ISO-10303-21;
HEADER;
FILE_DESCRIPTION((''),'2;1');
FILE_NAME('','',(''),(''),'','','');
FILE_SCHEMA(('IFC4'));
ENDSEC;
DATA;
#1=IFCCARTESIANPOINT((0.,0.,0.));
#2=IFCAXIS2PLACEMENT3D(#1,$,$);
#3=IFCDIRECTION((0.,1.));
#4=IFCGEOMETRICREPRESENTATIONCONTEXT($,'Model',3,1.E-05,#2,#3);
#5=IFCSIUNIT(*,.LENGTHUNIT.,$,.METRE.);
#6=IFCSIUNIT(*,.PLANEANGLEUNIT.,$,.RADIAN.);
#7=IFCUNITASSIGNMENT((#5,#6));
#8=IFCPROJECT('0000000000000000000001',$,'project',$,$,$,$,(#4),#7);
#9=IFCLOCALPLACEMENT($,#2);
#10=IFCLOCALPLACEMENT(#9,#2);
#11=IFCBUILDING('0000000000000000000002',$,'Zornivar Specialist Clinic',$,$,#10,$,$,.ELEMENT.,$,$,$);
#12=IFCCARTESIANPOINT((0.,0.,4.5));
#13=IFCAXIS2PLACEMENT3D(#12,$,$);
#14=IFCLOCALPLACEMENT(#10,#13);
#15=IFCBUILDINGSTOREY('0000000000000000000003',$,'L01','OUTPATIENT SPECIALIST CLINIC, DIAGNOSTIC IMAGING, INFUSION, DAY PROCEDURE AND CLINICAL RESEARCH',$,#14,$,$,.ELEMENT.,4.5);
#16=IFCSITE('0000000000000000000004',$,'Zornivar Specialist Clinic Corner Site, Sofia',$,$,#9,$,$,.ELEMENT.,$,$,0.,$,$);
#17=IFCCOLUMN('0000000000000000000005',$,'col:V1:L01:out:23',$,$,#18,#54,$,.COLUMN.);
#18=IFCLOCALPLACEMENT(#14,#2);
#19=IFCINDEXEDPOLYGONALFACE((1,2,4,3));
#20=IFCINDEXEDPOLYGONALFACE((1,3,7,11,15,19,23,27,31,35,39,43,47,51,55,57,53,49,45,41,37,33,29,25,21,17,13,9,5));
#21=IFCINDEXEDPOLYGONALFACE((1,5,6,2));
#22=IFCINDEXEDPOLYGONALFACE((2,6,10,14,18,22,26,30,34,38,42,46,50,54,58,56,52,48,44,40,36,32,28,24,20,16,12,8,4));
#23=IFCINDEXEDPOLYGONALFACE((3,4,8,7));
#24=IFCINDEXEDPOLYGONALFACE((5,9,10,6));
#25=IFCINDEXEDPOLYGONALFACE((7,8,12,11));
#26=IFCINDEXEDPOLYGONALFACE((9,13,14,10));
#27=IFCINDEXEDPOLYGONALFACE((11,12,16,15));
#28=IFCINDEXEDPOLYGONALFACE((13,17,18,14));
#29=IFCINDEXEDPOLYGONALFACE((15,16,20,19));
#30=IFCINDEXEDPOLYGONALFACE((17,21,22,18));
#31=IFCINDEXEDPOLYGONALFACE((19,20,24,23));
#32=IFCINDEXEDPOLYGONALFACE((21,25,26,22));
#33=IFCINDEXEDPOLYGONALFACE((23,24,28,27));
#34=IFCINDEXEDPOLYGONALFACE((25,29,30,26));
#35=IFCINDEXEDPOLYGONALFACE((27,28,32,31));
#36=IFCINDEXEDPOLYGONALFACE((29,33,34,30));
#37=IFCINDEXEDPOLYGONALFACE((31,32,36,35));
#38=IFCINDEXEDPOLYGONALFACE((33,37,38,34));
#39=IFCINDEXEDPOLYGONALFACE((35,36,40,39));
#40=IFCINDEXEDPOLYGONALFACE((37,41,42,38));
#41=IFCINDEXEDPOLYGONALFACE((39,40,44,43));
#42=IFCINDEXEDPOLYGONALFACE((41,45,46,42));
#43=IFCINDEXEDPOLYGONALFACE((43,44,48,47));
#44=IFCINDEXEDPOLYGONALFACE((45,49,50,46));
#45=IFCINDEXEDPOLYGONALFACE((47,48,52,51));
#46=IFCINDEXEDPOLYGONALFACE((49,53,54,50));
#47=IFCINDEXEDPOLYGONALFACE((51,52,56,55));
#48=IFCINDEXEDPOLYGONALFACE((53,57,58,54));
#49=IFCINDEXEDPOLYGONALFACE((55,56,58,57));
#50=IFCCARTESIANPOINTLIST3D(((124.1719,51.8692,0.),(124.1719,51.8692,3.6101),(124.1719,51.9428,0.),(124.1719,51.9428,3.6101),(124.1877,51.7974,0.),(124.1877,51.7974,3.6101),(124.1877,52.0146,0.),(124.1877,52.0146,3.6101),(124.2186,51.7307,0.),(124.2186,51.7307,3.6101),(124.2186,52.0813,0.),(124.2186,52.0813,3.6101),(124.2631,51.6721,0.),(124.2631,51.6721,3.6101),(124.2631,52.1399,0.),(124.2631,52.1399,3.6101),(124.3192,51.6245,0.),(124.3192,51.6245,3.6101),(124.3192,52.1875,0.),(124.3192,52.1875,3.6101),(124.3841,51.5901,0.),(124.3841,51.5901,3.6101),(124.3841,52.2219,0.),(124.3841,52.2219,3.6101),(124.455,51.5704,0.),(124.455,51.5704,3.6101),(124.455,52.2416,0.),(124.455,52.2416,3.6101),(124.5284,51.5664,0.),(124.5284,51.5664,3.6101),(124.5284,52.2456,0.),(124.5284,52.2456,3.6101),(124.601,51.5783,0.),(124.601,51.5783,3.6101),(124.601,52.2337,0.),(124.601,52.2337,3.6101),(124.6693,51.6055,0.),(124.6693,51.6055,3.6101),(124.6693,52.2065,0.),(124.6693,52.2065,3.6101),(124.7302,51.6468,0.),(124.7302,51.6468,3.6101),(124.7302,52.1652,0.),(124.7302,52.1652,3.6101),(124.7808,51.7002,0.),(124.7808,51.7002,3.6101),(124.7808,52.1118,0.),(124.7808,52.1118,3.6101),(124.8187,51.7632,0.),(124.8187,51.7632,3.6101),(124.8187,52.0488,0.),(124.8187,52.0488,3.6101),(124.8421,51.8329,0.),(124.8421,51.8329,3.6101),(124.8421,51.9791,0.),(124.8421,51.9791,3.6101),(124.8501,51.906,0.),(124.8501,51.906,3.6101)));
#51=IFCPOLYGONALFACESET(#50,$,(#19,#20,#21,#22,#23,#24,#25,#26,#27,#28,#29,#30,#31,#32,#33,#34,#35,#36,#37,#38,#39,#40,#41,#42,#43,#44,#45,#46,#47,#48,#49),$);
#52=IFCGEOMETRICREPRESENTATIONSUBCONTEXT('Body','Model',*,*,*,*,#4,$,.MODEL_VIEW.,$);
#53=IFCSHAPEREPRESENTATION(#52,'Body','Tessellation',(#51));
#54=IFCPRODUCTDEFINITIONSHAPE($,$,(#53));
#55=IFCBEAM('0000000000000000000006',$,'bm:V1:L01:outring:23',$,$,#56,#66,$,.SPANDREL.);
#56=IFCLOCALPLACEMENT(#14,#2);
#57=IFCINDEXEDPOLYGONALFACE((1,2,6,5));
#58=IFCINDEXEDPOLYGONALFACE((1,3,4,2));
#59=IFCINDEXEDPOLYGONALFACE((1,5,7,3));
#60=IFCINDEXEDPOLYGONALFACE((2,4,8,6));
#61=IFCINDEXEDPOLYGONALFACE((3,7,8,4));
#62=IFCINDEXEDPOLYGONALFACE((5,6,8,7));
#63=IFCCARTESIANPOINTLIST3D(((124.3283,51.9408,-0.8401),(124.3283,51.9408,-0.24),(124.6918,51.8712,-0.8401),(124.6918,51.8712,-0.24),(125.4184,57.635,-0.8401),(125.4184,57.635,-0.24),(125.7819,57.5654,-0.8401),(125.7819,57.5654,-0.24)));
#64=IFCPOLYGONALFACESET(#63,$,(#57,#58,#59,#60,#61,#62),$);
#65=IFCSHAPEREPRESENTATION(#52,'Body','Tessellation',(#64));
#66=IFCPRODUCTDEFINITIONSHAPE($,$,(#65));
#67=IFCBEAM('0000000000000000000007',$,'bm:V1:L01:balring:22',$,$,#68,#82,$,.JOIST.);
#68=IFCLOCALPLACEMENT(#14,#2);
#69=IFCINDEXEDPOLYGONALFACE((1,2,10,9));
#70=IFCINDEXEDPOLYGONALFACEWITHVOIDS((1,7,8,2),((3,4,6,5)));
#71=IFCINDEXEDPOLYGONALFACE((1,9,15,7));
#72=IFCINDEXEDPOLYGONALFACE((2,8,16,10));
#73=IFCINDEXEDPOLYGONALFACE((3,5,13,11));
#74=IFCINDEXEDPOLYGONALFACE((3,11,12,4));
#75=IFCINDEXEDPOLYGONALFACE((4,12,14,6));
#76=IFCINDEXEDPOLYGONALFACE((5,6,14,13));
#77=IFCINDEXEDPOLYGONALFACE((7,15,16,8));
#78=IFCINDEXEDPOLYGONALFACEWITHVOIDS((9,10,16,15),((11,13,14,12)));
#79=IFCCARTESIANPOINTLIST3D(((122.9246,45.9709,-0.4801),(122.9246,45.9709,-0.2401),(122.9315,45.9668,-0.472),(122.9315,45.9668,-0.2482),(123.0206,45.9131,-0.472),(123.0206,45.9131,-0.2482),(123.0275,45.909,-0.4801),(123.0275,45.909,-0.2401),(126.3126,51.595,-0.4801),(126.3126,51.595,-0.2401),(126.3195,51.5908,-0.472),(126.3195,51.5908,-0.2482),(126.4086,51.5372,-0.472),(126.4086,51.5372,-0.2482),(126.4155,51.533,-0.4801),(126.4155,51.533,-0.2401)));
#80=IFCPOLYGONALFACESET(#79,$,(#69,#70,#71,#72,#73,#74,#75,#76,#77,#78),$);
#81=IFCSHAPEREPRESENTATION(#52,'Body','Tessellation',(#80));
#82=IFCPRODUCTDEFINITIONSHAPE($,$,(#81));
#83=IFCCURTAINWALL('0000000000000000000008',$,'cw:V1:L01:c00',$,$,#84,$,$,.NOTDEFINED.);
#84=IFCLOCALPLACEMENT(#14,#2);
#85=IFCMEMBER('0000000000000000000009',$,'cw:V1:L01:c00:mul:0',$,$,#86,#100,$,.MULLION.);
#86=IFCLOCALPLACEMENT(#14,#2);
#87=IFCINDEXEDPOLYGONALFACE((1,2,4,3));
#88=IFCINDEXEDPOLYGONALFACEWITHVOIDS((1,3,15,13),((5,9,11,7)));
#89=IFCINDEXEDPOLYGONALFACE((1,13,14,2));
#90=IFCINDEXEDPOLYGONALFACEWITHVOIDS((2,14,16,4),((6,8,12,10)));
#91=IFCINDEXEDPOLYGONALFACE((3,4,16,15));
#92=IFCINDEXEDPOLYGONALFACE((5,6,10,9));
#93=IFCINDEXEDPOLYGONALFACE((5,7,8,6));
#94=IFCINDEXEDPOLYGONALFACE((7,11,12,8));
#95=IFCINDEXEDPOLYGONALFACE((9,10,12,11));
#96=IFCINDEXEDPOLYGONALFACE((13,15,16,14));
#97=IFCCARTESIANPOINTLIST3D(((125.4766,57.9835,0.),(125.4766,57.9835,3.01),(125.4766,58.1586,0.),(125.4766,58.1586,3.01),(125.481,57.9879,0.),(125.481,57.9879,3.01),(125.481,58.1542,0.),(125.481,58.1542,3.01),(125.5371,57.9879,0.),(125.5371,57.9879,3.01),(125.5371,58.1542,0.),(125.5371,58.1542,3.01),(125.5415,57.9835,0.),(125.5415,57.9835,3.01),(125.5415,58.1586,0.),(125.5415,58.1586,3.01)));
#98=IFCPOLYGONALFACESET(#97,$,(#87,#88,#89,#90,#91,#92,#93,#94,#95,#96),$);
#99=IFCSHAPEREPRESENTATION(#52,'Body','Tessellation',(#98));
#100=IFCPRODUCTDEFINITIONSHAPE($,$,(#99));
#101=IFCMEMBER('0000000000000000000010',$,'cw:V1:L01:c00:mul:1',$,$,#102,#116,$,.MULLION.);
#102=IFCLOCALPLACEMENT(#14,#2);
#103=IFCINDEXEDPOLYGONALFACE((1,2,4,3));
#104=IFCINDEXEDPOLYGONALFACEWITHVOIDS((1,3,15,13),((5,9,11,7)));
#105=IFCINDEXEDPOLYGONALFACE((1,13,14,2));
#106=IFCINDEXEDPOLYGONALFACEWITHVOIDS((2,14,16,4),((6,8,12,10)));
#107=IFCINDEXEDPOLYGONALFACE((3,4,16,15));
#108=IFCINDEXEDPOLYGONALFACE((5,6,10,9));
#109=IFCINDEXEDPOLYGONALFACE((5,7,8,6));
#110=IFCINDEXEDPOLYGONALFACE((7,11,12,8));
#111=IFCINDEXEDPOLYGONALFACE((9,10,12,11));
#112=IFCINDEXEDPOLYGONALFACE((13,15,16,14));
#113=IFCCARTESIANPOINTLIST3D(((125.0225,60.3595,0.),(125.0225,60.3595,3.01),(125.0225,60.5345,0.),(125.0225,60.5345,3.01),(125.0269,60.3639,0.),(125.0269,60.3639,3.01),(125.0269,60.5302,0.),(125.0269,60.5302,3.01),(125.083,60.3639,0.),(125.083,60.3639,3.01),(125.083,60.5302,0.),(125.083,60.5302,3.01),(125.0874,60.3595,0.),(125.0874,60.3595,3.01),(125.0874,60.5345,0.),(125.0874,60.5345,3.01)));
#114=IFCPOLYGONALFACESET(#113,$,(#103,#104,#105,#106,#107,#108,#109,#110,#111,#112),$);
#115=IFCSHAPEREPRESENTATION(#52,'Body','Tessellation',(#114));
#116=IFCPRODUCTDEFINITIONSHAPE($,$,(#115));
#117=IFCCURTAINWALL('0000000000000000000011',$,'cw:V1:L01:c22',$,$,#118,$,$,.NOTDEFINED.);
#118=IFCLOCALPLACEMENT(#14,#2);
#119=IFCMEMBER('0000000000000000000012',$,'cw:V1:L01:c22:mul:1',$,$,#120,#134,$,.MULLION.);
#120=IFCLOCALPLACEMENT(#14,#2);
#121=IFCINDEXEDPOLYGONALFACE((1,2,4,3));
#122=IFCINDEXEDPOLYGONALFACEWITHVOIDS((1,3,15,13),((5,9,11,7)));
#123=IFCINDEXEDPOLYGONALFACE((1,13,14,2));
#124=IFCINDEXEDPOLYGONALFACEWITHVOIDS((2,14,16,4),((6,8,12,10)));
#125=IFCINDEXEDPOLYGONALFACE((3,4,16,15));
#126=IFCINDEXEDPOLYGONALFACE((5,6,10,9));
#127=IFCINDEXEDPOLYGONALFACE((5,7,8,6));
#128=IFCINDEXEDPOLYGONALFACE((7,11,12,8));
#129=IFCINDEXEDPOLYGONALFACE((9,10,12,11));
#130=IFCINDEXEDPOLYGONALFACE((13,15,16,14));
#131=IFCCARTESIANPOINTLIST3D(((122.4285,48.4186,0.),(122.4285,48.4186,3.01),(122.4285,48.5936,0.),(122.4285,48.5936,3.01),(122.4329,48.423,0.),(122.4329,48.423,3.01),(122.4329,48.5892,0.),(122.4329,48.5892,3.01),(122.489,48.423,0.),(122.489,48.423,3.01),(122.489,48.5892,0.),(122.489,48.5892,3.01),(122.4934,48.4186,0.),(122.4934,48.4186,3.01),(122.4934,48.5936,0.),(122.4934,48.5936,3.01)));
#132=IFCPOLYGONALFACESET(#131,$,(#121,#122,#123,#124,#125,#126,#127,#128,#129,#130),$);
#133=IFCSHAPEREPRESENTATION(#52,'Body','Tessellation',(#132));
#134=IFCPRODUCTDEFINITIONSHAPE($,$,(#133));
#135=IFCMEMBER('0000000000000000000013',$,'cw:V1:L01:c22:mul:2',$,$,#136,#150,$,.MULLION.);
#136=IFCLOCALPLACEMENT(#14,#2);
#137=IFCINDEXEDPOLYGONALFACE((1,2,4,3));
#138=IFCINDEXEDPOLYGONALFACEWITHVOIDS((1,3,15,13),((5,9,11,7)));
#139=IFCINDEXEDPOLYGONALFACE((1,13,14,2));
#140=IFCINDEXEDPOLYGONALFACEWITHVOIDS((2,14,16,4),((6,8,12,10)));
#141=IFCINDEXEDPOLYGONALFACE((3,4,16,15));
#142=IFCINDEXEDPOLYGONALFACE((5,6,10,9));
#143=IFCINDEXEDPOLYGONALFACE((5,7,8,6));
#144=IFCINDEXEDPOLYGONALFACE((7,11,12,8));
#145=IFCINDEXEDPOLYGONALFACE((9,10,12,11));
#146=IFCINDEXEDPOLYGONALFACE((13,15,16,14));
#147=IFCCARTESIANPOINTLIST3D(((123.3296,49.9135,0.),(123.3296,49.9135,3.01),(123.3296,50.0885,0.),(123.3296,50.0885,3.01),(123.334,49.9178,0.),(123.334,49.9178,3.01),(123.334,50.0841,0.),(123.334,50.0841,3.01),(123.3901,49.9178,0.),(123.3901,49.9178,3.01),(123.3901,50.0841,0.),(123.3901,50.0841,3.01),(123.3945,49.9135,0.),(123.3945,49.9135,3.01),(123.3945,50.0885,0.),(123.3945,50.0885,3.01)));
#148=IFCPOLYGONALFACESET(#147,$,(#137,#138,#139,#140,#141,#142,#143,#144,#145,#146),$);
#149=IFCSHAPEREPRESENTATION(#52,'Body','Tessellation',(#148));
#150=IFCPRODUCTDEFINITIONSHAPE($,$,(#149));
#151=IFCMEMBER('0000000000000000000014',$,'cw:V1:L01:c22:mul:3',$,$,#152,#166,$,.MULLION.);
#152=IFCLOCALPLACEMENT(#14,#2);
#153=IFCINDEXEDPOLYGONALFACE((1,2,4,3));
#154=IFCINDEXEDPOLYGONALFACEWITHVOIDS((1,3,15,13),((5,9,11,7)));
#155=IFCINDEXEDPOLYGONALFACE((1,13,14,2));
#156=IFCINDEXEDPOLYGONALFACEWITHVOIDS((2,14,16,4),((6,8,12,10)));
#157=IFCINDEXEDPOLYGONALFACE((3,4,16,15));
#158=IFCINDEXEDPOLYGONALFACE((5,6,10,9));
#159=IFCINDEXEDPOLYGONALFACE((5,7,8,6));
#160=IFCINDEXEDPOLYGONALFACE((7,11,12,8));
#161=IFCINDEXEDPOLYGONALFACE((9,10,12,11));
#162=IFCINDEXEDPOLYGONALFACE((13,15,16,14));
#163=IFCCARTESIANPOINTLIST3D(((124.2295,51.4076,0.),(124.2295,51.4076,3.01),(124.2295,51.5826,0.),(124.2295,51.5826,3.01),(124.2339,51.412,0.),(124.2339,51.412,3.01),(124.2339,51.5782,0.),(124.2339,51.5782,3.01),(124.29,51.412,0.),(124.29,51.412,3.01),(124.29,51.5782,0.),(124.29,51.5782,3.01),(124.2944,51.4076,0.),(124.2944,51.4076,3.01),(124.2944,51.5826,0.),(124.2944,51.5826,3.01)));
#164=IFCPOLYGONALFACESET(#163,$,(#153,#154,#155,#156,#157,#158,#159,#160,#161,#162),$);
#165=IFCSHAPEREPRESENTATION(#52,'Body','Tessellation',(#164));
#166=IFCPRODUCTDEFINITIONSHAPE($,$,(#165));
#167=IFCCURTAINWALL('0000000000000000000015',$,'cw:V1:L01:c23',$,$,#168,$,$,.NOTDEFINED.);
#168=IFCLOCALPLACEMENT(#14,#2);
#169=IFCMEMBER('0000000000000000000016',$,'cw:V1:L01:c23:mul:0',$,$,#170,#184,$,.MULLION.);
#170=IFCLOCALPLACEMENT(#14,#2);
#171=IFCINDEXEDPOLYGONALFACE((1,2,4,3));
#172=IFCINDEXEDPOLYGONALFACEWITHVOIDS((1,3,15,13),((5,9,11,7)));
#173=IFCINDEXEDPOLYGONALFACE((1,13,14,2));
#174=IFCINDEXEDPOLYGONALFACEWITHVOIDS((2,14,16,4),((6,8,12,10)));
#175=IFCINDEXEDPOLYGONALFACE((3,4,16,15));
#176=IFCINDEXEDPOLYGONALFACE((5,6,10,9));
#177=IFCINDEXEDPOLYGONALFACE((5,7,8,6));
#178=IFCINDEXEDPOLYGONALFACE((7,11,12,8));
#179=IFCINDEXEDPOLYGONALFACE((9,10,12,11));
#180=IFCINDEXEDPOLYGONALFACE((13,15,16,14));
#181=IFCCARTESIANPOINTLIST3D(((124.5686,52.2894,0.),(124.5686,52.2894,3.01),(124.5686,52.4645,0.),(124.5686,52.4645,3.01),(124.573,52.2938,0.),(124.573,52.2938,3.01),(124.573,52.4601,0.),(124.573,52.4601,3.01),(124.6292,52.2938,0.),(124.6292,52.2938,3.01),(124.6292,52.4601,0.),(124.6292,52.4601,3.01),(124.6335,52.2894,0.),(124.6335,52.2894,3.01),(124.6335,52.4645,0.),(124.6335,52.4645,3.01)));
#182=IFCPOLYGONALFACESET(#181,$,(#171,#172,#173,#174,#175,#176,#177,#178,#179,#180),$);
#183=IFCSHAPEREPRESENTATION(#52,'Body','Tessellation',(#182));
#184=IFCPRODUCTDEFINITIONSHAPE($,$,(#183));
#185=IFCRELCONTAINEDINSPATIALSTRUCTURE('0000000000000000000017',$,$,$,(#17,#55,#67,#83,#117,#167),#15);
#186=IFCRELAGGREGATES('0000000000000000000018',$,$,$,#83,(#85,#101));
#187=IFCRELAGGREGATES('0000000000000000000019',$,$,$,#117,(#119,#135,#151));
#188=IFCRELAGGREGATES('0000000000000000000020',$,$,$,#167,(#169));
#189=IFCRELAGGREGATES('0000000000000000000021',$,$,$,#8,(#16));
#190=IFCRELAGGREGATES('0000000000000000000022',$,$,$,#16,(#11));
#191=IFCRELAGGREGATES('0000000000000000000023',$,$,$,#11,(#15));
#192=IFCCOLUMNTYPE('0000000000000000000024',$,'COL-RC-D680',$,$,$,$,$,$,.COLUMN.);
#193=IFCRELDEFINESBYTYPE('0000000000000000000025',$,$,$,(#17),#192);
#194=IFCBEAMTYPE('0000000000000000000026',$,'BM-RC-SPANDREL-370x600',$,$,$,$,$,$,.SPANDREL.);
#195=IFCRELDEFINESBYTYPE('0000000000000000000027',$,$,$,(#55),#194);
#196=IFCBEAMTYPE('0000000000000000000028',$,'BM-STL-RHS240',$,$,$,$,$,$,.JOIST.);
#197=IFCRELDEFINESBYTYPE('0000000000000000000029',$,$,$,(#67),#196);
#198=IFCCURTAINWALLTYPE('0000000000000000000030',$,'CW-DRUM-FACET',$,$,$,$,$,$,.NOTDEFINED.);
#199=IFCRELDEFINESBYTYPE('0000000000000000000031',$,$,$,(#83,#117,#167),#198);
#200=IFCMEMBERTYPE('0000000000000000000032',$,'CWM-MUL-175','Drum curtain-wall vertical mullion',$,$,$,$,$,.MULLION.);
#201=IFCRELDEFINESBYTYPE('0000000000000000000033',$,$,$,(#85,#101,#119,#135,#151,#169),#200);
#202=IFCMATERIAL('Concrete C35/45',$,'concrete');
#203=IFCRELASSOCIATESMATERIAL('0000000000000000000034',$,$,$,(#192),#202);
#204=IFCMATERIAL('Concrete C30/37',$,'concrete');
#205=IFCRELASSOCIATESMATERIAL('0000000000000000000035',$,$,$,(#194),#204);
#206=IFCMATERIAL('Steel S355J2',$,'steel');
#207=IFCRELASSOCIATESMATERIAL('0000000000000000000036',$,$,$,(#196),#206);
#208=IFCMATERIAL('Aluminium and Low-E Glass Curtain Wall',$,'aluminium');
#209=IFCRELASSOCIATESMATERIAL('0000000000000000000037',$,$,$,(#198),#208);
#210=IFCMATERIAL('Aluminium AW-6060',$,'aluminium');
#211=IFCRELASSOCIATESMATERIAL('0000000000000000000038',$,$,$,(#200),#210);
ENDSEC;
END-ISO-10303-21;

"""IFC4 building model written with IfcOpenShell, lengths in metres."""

from ifc_helpers import new_model, si_unit, direction, frame, origin, origin_2d, place, context, subcontext, project, spatial, rectangle, hollow_rectangle, circle, extrude, material, material_profile, profile_set, type_object, element, aggregate, save


model = new_model("IFC4")

# Units and contexts
model_context = context("Model", 3, precision=1e-05, world=origin(), true_north=direction((0.0, 1.0)))
body_context = subcontext(model_context, "Body", "Model", "MODEL_VIEW")
ifc_project = project(units=[si_unit("LENGTHUNIT", "METRE"), si_unit("PLANEANGLEUNIT", "RADIAN")], contexts=[model_context])

# Site, building, storey
site_placement = place(None, origin())
site = spatial("IfcSite", under=ifc_project, at=site_placement, Name="Zornivar Specialist Clinic Corner Site, Sofia", CompositionType="ELEMENT", RefElevation=0.0)
building_placement = place(site_placement, origin())
building = spatial("IfcBuilding", under=site, at=building_placement, Name="Zornivar Specialist Clinic", CompositionType="ELEMENT")
storey_placement = place(building_placement, frame((0.0, 0.0, 4.5)))
storey = spatial("IfcBuildingStorey", under=building, at=storey_placement, Name="L01", Description="OUTPATIENT SPECIALIST CLINIC, DIAGNOSTIC IMAGING, INFUSION, DAY PROCEDURE AND CLINICAL RESEARCH", CompositionType="ELEMENT", Elevation=4.5)

# Column
ifc_material_1 = material(Name="Concrete C35/45", Category="concrete")
ifc_material_profile_1 = material_profile(ifc_material_1, circle(Radius=0.3401, at=origin_2d()), Name="RC D680")
ifc_profile_set_1 = profile_set([ifc_material_profile_1], Name="Concrete C35/45")
column_type = type_object("IfcColumnType", Name="COL-RC-D680", PredefinedType="COLUMN", material=ifc_profile_set_1)
column_placement = place(storey_placement, frame((124.51, 51.906, 0.0), z_axis=(0.0, 0.0, 1.0), x_axis=(1.0, 0.0, 0.0)))
element("IfcColumn", 1, at=column_placement, inside=storey, type_object=column_type, Name="col:V1:L01:out:23", PredefinedType="COLUMN", context=body_context, shape_type="SweptSolid", body=[
    extrude(circle(Radius=0.3401, at=origin_2d()), origin(), (0.0, 0.0, 1.0), 3.6101),
])

# Beams
ifc_material_2 = material(Name="Concrete C30/37", Category="concrete")
ifc_material_profile_2 = material_profile(ifc_material_2, rectangle(XDim=0.3701, YDim=0.6001, at=origin_2d()), Name="RC 370x600")
ifc_profile_set_2 = profile_set([ifc_material_profile_2], Name="Concrete C30/37")
beam_type_1 = type_object("IfcBeamType", Name="BM-RC-SPANDREL-370x600", PredefinedType="SPANDREL", material=ifc_profile_set_2)
beam_1_placement = place(storey_placement, frame((124.51, 51.906, -0.54), z_axis=(0.188027, 0.982164, 0.0), x_axis=(-0.982164, 0.188027, 0.0)))
element("IfcBeam", 2, at=beam_1_placement, inside=storey, type_object=beam_type_1, Name="bm:V1:L01:outring:23", PredefinedType="SPANDREL", context=body_context, shape_type="SweptSolid", body=[
    extrude(rectangle(XDim=0.3701, YDim=0.6001, at=origin_2d()), origin(), (0.0, 0.0, 1.0), 5.7976),
])
ifc_material_3 = material(Name="Steel S355J2", Category="steel")
ifc_material_profile_3 = material_profile(ifc_material_3, hollow_rectangle(XDim=0.1201, YDim=0.24, WallThickness=0.0081, at=origin_2d()), Name="RHS 240x120x8")
ifc_profile_set_3 = profile_set([ifc_material_profile_3], Name="Steel S355J2")
beam_type_2 = type_object("IfcBeamType", Name="BM-STL-RHS240", PredefinedType="JOIST", material=ifc_profile_set_3)
beam_2_placement = place(storey_placement, frame((122.9761, 45.9399, -0.3601), z_axis=(0.51601, 0.856583, 0.0), x_axis=(-0.856583, 0.51601, 0.0)))
element("IfcBeam", 3, at=beam_2_placement, inside=storey, type_object=beam_type_2, Name="bm:V1:L01:balring:22", PredefinedType="JOIST", context=body_context, shape_type="SweptSolid", body=[
    extrude(hollow_rectangle(XDim=0.1201, YDim=0.24, WallThickness=0.0081, at=origin_2d()), origin(), (0.0, 0.0, 1.0), 6.5657),
])

# Curtain walls, members
ifc_material_4 = material(Name="Aluminium and Low-E Glass Curtain Wall", Category="aluminium")
curtain_wall_type = type_object("IfcCurtainWallType", Name="CW-DRUM-FACET", PredefinedType="NOTDEFINED", material=ifc_material_4)
curtain_wall_1_placement = place(storey_placement, origin())
curtain_wall_1 = element("IfcCurtainWall", 4, at=curtain_wall_1_placement, inside=storey, type_object=curtain_wall_type, Name="cw:V1:L01:c00", PredefinedType="NOTDEFINED")
ifc_material_5 = material(Name="Aluminium AW-6060", Category="aluminium")
ifc_material_profile_4 = material_profile(ifc_material_5, hollow_rectangle(XDim=0.0649, YDim=0.175, WallThickness=0.0044, at=origin_2d()), Name="ALU 65x175x4.5")
ifc_profile_set_4 = profile_set([ifc_material_profile_4], Name="Aluminium AW-6060")
member_type_1 = type_object("IfcMemberType", Name="CWM-MUL-175", Description="Drum curtain-wall vertical mullion", PredefinedType="MULLION", material=ifc_profile_set_4)
member_1_placement = place(storey_placement, frame((125.509, 58.071, 0.0), z_axis=(0.0, 0.0, 1.0), x_axis=(1.0, 0.0, 0.0)))
member_1 = element("IfcMember", 5, at=member_1_placement, type_object=member_type_1, Name="cw:V1:L01:c00:mul:0", PredefinedType="MULLION", context=body_context, shape_type="SweptSolid", body=[
    extrude(hollow_rectangle(XDim=0.0649, YDim=0.175, WallThickness=0.0044, at=origin_2d()), origin(), (0.0, 0.0, 1.0), 3.01),
])
member_2_placement = place(storey_placement, frame((125.0549, 60.447, 0.0), z_axis=(0.0, 0.0, 1.0), x_axis=(1.0, 0.0, 0.0)))
member_2 = element("IfcMember", 6, at=member_2_placement, type_object=member_type_1, Name="cw:V1:L01:c00:mul:1", PredefinedType="MULLION", context=body_context, shape_type="SweptSolid", body=[
    extrude(hollow_rectangle(XDim=0.0649, YDim=0.175, WallThickness=0.0044, at=origin_2d()), origin(), (0.0, 0.0, 1.0), 3.01),
])
curtain_wall_2_placement = place(storey_placement, origin())
curtain_wall_2 = element("IfcCurtainWall", 7, at=curtain_wall_2_placement, inside=storey, type_object=curtain_wall_type, Name="cw:V1:L01:c22", PredefinedType="NOTDEFINED")
member_3_placement = place(storey_placement, frame((122.4609, 48.5061, 0.0), z_axis=(0.0, 0.0, 1.0), x_axis=(1.0, 0.0, 0.0)))
member_3 = element("IfcMember", 8, at=member_3_placement, type_object=member_type_1, Name="cw:V1:L01:c22:mul:1", PredefinedType="MULLION", context=body_context, shape_type="SweptSolid", body=[
    extrude(hollow_rectangle(XDim=0.0649, YDim=0.175, WallThickness=0.0044, at=origin_2d()), origin(), (0.0, 0.0, 1.0), 3.01),
])
member_4_placement = place(storey_placement, frame((123.3621, 50.001, 0.0), z_axis=(0.0, 0.0, 1.0), x_axis=(1.0, 0.0, 0.0)))
member_4 = element("IfcMember", 9, at=member_4_placement, type_object=member_type_1, Name="cw:V1:L01:c22:mul:2", PredefinedType="MULLION", context=body_context, shape_type="SweptSolid", body=[
    extrude(hollow_rectangle(XDim=0.0649, YDim=0.175, WallThickness=0.0044, at=origin_2d()), origin(), (0.0, 0.0, 1.0), 3.01),
])
member_5_placement = place(storey_placement, frame((124.262, 51.4951, 0.0), z_axis=(0.0, 0.0, 1.0), x_axis=(1.0, 0.0, 0.0)))
member_5 = element("IfcMember", 10, at=member_5_placement, type_object=member_type_1, Name="cw:V1:L01:c22:mul:3", PredefinedType="MULLION", context=body_context, shape_type="SweptSolid", body=[
    extrude(hollow_rectangle(XDim=0.0649, YDim=0.175, WallThickness=0.0044, at=origin_2d()), origin(), (0.0, 0.0, 1.0), 3.01),
])
curtain_wall_3_placement = place(storey_placement, origin())
curtain_wall_3 = element("IfcCurtainWall", 11, at=curtain_wall_3_placement, inside=storey, type_object=curtain_wall_type, Name="cw:V1:L01:c23", PredefinedType="NOTDEFINED")
member_6_placement = place(storey_placement, frame((124.6011, 52.377, 0.0), z_axis=(0.0, 0.0, 1.0), x_axis=(1.0, 0.0, 0.0)))
member_6 = element("IfcMember", 12, at=member_6_placement, type_object=member_type_1, Name="cw:V1:L01:c23:mul:0", PredefinedType="MULLION", context=body_context, shape_type="SweptSolid", body=[
    extrude(hollow_rectangle(XDim=0.0649, YDim=0.175, WallThickness=0.0044, at=origin_2d()), origin(), (0.0, 0.0, 1.0), 3.01),
])

aggregate(curtain_wall_1, [member_1, member_2])
aggregate(curtain_wall_2, [member_3, member_4, member_5])
aggregate(curtain_wall_3, [member_6])

save(model, "model.ifc")
